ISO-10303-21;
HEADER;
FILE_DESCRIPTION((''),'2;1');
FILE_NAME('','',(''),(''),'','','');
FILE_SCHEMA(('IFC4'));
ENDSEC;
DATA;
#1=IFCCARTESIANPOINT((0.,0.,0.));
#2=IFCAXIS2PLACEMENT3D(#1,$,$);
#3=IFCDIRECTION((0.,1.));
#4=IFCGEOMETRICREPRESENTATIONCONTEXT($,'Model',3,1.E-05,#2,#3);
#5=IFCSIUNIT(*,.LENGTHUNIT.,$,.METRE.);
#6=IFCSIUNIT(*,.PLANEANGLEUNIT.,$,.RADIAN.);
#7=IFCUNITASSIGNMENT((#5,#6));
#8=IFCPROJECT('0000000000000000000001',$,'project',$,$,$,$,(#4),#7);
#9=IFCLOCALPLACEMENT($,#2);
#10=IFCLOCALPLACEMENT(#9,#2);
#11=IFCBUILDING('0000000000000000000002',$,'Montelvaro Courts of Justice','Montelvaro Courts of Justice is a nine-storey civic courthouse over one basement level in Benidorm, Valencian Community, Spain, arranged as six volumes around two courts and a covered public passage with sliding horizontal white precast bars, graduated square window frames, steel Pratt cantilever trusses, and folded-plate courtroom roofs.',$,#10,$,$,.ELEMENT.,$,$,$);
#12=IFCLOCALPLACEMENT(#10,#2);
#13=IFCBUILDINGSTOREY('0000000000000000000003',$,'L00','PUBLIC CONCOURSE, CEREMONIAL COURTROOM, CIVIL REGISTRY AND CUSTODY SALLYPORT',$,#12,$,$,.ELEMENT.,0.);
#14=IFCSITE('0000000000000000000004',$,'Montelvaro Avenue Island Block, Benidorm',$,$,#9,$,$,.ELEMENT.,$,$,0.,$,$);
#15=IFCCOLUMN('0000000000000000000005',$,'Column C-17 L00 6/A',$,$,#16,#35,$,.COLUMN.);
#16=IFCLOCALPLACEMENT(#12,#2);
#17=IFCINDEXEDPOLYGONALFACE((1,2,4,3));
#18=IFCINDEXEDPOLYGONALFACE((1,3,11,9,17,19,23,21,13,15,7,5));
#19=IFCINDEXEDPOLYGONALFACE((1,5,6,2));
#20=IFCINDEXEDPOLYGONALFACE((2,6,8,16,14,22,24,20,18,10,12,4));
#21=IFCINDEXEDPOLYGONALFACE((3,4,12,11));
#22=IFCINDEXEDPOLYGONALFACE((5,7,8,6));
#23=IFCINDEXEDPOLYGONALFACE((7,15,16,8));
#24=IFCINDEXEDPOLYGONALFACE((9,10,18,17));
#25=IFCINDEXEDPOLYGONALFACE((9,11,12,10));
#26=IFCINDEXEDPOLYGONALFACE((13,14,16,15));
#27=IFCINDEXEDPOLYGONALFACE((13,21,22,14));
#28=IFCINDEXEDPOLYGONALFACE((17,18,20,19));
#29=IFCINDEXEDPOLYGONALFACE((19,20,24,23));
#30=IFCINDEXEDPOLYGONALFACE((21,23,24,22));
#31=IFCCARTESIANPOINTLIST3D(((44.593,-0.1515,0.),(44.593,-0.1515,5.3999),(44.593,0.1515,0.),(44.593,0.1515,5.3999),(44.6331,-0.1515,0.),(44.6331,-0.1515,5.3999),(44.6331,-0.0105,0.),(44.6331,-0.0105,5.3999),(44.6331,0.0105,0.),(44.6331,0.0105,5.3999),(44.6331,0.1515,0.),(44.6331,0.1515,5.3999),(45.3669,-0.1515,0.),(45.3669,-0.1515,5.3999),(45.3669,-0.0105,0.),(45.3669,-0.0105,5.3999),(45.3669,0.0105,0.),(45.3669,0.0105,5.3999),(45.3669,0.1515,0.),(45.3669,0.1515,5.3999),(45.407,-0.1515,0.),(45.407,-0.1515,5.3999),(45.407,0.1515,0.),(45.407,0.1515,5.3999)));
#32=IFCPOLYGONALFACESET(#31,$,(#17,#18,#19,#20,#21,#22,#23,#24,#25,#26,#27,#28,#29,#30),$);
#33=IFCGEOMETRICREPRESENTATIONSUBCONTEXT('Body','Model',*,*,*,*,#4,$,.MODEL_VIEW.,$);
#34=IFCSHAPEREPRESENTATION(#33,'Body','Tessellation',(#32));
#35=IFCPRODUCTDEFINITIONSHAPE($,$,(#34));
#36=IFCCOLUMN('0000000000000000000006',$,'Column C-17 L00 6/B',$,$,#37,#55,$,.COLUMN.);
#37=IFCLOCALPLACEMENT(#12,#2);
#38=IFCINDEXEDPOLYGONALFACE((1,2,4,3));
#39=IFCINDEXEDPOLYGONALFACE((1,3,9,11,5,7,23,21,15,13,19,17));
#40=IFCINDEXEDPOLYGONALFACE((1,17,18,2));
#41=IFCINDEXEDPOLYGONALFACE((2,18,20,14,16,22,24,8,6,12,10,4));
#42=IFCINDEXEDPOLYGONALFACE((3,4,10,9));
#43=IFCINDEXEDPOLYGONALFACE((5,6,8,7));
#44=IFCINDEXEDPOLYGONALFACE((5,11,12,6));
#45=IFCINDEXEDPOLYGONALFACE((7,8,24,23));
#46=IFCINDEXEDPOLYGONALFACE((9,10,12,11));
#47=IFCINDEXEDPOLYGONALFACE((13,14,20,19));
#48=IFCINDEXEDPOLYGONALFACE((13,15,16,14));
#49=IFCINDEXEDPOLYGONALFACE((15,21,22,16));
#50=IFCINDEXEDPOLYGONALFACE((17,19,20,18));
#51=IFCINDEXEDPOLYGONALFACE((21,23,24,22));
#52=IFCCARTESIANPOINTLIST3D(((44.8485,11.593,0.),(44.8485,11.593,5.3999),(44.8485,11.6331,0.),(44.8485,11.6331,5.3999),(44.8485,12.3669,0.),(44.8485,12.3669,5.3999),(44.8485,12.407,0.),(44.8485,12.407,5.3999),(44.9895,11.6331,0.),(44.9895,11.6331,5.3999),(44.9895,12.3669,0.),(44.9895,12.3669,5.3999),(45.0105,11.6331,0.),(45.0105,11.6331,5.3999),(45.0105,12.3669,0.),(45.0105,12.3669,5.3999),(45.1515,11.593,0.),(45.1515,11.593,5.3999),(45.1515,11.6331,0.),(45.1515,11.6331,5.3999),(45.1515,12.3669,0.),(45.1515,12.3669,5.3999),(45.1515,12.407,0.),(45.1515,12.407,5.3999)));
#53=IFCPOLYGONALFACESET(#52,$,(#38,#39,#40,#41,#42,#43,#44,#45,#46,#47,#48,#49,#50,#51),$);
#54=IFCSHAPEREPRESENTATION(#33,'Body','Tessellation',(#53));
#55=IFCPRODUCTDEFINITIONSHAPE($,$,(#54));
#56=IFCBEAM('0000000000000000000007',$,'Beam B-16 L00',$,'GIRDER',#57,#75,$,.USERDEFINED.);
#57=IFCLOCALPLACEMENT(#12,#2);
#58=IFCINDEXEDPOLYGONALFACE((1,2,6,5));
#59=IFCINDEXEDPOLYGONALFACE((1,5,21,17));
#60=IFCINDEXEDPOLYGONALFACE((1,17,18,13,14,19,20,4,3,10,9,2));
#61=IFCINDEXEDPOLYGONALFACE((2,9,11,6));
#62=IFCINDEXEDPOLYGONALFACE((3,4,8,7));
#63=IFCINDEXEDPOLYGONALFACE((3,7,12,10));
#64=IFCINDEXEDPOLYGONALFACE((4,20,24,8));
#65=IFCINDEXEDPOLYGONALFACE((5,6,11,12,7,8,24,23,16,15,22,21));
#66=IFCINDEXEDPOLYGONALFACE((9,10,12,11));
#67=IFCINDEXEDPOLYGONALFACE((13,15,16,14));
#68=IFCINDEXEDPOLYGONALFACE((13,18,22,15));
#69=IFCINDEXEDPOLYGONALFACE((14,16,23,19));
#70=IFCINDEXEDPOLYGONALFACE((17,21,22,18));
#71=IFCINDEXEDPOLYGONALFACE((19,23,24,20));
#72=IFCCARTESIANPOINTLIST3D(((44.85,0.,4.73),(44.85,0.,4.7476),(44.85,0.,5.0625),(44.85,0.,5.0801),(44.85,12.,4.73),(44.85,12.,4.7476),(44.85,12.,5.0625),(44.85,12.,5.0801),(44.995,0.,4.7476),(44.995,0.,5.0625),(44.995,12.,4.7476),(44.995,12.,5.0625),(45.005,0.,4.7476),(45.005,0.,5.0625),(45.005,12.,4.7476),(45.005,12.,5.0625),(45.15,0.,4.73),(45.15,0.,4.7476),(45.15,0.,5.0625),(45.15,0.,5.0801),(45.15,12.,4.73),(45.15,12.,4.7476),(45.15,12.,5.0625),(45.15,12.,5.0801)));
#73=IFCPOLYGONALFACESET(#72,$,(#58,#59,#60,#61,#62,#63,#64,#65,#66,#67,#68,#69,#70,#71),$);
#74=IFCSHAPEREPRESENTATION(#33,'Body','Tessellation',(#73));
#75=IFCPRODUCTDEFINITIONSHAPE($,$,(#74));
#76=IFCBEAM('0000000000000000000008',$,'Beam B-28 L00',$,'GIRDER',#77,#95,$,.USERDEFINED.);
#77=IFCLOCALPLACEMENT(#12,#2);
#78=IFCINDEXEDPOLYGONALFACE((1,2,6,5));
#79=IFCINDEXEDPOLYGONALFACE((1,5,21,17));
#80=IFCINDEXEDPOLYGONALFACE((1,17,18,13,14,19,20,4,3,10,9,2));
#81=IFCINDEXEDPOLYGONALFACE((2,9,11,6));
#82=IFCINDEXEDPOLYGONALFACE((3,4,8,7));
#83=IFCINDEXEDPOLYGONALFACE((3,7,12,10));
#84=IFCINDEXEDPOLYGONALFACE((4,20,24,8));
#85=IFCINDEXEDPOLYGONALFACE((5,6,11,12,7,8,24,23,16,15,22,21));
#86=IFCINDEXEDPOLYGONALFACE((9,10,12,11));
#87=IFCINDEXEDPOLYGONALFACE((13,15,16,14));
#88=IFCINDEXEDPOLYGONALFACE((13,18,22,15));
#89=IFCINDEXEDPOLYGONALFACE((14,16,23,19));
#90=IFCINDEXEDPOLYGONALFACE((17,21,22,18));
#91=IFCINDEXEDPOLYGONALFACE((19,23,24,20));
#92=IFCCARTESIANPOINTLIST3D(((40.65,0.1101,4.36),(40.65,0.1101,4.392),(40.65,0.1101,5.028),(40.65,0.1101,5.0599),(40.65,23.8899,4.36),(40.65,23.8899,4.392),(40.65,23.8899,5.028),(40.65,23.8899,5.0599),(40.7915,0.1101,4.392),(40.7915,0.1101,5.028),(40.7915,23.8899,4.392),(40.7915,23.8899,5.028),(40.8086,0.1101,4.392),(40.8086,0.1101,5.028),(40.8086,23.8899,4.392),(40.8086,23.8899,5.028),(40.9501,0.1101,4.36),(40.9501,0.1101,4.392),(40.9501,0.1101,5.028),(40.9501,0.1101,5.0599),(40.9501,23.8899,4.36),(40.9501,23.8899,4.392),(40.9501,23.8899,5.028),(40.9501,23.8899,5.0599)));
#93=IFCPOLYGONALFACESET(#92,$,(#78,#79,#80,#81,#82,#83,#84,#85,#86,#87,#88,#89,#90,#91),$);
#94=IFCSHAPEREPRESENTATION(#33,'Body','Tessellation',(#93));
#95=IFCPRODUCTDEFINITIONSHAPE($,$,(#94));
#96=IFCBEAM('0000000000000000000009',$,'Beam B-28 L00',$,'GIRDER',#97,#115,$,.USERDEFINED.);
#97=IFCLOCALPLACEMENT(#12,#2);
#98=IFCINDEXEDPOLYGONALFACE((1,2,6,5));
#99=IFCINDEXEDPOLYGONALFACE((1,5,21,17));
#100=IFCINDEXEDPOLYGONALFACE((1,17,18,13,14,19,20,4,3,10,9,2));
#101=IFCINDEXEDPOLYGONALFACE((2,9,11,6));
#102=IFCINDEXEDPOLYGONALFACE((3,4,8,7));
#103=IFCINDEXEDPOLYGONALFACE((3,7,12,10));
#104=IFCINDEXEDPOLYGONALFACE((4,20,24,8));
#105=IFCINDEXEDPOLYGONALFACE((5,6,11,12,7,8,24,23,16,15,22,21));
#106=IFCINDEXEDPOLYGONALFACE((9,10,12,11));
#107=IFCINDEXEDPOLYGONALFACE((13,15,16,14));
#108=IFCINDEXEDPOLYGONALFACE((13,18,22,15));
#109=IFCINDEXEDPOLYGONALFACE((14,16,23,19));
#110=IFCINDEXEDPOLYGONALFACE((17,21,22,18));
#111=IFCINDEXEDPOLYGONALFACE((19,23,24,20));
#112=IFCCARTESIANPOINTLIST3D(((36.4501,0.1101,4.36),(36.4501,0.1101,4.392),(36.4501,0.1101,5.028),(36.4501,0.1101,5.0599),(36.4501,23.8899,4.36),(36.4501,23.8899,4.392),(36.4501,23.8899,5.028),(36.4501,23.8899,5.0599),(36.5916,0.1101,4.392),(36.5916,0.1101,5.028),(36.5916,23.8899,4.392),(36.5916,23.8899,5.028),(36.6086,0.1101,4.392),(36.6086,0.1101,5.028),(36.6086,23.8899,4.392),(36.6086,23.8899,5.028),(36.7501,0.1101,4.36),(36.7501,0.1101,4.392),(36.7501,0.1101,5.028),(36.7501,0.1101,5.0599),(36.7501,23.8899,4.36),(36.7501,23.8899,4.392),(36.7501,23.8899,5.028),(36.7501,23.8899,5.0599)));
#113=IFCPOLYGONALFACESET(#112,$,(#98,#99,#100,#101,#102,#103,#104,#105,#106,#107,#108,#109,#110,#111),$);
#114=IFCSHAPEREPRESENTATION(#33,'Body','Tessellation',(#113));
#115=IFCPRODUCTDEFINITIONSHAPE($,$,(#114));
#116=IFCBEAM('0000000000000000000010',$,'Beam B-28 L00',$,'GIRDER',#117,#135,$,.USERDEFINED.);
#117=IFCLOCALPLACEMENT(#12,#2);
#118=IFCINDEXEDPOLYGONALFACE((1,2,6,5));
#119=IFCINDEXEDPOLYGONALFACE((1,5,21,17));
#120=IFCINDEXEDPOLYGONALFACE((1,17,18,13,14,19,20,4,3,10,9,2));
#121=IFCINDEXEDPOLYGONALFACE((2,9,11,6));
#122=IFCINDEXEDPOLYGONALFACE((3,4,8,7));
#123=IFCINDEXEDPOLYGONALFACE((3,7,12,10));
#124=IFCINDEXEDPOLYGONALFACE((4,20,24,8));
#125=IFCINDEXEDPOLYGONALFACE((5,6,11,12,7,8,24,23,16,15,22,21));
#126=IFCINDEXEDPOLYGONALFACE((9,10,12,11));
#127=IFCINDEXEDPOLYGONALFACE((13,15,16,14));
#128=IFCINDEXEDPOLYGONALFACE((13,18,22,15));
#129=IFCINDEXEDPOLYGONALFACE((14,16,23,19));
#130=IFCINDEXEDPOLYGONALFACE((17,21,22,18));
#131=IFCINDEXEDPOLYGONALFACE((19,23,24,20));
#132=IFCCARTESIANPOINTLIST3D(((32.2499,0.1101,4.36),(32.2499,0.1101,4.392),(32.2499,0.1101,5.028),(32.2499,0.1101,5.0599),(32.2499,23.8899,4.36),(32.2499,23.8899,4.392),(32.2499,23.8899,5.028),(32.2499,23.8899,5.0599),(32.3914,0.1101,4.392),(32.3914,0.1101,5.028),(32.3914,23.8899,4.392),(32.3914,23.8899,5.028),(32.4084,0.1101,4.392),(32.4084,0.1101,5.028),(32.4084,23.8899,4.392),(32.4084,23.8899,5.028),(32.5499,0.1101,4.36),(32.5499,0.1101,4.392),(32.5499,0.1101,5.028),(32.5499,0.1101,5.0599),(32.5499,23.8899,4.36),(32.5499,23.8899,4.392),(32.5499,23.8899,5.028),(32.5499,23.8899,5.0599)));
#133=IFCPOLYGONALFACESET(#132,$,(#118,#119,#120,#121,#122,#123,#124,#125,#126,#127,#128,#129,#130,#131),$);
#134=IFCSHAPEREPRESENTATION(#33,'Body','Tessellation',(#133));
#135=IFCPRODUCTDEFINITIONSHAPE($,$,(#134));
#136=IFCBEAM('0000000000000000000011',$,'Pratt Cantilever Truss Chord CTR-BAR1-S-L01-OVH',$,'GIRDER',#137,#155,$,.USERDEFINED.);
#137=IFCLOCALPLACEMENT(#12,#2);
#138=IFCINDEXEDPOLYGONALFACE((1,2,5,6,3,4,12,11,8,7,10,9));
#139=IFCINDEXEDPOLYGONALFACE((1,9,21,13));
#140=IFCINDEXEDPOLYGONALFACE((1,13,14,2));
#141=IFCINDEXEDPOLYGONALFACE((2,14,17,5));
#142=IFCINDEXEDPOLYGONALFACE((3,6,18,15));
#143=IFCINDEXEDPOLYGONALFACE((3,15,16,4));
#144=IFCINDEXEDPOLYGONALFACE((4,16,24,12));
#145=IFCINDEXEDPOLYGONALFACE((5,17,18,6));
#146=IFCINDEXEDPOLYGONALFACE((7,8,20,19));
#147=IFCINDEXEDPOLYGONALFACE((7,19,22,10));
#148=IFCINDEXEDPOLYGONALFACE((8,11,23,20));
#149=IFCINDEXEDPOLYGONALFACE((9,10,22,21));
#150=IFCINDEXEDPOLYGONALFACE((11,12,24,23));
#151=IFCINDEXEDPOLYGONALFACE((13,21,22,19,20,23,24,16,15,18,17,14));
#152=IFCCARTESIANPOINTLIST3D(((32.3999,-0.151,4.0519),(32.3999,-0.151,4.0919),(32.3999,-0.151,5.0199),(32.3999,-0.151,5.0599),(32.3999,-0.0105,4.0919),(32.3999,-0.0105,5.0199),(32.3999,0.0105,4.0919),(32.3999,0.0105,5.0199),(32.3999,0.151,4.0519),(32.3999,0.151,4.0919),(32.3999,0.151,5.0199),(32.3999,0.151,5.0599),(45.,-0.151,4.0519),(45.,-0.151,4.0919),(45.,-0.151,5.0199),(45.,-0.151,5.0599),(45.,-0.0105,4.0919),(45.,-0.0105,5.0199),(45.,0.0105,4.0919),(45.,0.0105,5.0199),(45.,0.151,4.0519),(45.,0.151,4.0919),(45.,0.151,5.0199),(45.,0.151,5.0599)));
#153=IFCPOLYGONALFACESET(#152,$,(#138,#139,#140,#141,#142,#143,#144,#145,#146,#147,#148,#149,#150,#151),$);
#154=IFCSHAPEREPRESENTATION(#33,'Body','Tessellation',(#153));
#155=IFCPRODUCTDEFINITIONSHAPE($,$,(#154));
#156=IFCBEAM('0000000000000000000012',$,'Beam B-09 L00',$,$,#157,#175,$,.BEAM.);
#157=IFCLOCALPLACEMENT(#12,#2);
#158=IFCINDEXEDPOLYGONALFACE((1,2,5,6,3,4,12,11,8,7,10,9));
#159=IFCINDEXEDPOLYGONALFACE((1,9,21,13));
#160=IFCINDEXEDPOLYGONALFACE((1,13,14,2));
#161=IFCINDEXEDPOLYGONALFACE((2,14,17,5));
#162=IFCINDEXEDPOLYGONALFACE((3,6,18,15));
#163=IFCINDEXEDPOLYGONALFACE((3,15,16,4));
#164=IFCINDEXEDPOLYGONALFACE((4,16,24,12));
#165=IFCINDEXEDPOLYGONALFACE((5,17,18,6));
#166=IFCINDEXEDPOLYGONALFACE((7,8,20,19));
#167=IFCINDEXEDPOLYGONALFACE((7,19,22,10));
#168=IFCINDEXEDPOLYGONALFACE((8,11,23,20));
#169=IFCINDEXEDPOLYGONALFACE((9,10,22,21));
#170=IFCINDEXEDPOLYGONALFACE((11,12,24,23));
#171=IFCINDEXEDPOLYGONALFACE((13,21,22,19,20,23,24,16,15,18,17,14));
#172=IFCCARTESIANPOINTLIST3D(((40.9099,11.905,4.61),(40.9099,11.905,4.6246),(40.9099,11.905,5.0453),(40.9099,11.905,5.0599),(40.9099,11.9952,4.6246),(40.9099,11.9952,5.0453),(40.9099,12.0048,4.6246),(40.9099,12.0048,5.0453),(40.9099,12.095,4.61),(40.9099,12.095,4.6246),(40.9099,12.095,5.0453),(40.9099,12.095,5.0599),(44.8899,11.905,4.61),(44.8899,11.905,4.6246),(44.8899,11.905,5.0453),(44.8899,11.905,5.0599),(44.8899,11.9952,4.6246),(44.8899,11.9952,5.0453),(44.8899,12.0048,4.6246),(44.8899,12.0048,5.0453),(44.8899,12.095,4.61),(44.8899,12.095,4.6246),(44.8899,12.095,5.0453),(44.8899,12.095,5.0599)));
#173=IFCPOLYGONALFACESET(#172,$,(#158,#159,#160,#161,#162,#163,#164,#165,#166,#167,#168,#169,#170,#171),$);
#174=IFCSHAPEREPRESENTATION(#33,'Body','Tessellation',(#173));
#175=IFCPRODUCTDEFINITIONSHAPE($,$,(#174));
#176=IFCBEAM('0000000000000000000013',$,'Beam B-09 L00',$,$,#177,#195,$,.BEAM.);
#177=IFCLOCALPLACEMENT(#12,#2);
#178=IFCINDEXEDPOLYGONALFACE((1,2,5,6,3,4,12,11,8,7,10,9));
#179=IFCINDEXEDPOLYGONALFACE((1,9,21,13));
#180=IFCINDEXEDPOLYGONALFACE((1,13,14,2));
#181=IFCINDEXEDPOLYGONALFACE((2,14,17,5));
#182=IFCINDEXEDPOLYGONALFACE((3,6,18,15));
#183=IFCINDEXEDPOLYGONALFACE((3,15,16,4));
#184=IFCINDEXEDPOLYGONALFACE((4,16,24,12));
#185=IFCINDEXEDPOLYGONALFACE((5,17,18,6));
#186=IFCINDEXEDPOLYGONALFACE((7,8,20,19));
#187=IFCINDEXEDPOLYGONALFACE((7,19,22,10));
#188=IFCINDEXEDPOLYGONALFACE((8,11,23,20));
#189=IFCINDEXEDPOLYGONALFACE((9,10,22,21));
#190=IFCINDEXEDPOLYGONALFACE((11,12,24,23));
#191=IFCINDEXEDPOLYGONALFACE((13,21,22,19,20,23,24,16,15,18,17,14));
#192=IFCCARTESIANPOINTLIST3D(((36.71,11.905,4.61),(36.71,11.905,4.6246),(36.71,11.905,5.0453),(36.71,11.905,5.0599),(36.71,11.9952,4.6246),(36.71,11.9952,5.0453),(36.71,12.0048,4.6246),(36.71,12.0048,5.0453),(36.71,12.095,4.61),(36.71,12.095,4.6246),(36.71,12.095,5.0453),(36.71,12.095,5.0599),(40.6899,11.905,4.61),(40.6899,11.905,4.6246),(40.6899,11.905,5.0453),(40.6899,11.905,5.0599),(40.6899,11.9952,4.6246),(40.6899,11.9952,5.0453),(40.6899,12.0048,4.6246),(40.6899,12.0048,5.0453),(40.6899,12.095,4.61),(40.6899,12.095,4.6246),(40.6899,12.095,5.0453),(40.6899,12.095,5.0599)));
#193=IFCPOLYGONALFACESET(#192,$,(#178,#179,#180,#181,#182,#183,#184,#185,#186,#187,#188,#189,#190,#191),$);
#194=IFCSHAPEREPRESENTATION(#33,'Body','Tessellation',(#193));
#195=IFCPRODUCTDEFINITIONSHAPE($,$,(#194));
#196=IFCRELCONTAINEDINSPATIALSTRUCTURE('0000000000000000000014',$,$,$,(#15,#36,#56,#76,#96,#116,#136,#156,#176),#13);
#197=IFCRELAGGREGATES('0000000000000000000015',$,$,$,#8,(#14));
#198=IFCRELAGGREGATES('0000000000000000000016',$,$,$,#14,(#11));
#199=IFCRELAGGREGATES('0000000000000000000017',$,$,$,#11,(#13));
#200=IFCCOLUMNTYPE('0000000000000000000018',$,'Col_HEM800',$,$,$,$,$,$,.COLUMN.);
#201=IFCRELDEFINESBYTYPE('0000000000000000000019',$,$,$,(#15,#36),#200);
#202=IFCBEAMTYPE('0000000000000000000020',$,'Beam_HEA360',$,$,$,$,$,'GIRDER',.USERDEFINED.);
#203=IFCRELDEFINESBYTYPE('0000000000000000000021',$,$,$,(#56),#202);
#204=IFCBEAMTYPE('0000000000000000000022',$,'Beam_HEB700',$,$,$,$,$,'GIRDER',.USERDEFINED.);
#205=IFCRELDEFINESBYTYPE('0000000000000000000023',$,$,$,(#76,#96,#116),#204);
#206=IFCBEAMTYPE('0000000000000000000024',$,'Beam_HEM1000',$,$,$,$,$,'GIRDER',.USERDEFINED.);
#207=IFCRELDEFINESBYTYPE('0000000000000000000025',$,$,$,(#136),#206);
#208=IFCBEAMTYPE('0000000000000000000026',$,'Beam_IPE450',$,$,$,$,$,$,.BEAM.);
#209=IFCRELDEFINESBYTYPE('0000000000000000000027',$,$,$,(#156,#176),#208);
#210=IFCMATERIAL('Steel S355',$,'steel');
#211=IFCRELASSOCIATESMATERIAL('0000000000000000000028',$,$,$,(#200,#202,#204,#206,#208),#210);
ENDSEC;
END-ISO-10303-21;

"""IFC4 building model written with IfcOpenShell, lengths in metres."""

from ifc_helpers import new_model, si_unit, direction, frame, origin, origin_2d, place, context, subcontext, project, spatial, i_section, extrude, material, material_profile, profile_set, type_object, element, save


model = new_model("IFC4")

# Units and contexts
model_context = context("Model", 3, precision=1e-05, world=origin(), true_north=direction((0.0, 1.0)))
body_context = subcontext(model_context, "Body", "Model", "MODEL_VIEW")
ifc_project = project(units=[si_unit("LENGTHUNIT", "METRE"), si_unit("PLANEANGLEUNIT", "RADIAN")], contexts=[model_context])

# Site, building, storey
site_placement = place(None, origin())
site = spatial("IfcSite", under=ifc_project, at=site_placement, Name="Montelvaro Avenue Island Block, Benidorm", CompositionType="ELEMENT", RefElevation=0.0)
building_placement = place(site_placement, origin())
building = spatial("IfcBuilding", under=site, at=building_placement, Name="Montelvaro Courts of Justice", Description="Montelvaro Courts of Justice is a nine-storey civic courthouse over one basement level in Benidorm, Valencian Community, Spain, arranged as six volumes around two courts and a covered public passage with sliding horizontal white precast bars, graduated square window frames, steel Pratt cantilever trusses, and folded-plate courtroom roofs.", CompositionType="ELEMENT")
storey_placement = place(building_placement, origin())
storey = spatial("IfcBuildingStorey", under=building, at=storey_placement, Name="L00", Description="PUBLIC CONCOURSE, CEREMONIAL COURTROOM, CIVIL REGISTRY AND CUSTODY SALLYPORT", CompositionType="ELEMENT", Elevation=0.0)

# Columns
ifc_material_1 = material(Name="Steel S355", Category="steel")
ifc_material_profile_1 = material_profile(ifc_material_1, i_section(OverallWidth=0.303, OverallDepth=0.814, WebThickness=0.021, FlangeThickness=0.04, at=origin_2d()), Name="HEM 800")
ifc_profile_set_1 = profile_set([ifc_material_profile_1], Name="Steel S355")
column_type = type_object("IfcColumnType", Name="Col_HEM800", PredefinedType="COLUMN", material=ifc_profile_set_1)
for number, where, z_axis, x_axis, name in (
    (1, (45.0, 0.0, 0.0), (0.0, 0.0, 1.0), (0.0, 1.0, 0.0), "Column C-17 L00 6/A"),
    (2, (45.0, 12.0, 0.0), (0.0, 0.0, 1.0), (1.0, 0.0, 0.0), "Column C-17 L00 6/B"),
):
    element("IfcColumn", number, at=place(storey_placement, frame(where, z_axis=z_axis, x_axis=x_axis)), inside=storey, type_object=column_type, Name=name, PredefinedType="COLUMN", context=body_context, shape_type="SweptSolid", body=[
        extrude(i_section(OverallWidth=0.303, OverallDepth=0.814, WebThickness=0.021, FlangeThickness=0.04, at=origin_2d()), origin(), (0.0, 0.0, 1.0), 5.3999),
    ])

# Beams
ifc_material_profile_2 = material_profile(ifc_material_1, i_section(OverallWidth=0.3, OverallDepth=0.3501, WebThickness=0.01, FlangeThickness=0.0176, at=origin_2d()), Name="HEA 360")
ifc_profile_set_2 = profile_set([ifc_material_profile_2], Name="Steel S355")
beam_type_1 = type_object("IfcBeamType", Name="Beam_HEA360", ElementType="GIRDER", PredefinedType="USERDEFINED", material=ifc_profile_set_2)
beam_1_placement = place(storey_placement, frame((45.0, 0.0, 4.905), z_axis=(0.0, 1.0, 0.0), x_axis=(-1.0, 0.0, 0.0)))
element("IfcBeam", 3, at=beam_1_placement, inside=storey, type_object=beam_type_1, Name="Beam B-16 L00", ObjectType="GIRDER", PredefinedType="USERDEFINED", context=body_context, shape_type="SweptSolid", body=[
    extrude(i_section(OverallWidth=0.3, OverallDepth=0.3501, WebThickness=0.01, FlangeThickness=0.0176, at=origin_2d()), origin(), (0.0, 0.0, 1.0), 12.0),
])
ifc_material_profile_3 = material_profile(ifc_material_1, i_section(OverallWidth=0.3, OverallDepth=0.7, WebThickness=0.0171, FlangeThickness=0.032, at=origin_2d()), Name="HEB 700")
ifc_profile_set_3 = profile_set([ifc_material_profile_3], Name="Steel S355")
beam_type_2 = type_object("IfcBeamType", Name="Beam_HEB700", ElementType="GIRDER", PredefinedType="USERDEFINED", material=ifc_profile_set_3)
for number, where, z_axis, x_axis, name in (
    (4, (40.8, 0.1101, 4.71), (0.0, 1.0, 0.0), (-1.0, 0.0, 0.0), "Beam B-28 L00"),
    (5, (36.6001, 0.1101, 4.71), (0.0, 1.0, 0.0), (-1.0, 0.0, 0.0), "Beam B-28 L00"),
    (6, (32.3999, 0.1101, 4.71), (0.0, 1.0, 0.0), (-1.0, 0.0, 0.0), "Beam B-28 L00"),
):
    element("IfcBeam", number, at=place(storey_placement, frame(where, z_axis=z_axis, x_axis=x_axis)), inside=storey, type_object=beam_type_2, Name=name, ObjectType="GIRDER", PredefinedType="USERDEFINED", context=body_context, shape_type="SweptSolid", body=[
        extrude(i_section(OverallWidth=0.3, OverallDepth=0.7, WebThickness=0.0171, FlangeThickness=0.032, at=origin_2d()), origin(), (0.0, 0.0, 1.0), 23.7798),
    ])
ifc_material_profile_4 = material_profile(ifc_material_1, i_section(OverallWidth=0.302, OverallDepth=1.0081, WebThickness=0.021, FlangeThickness=0.04, at=origin_2d()), Name="HEM 1000")
ifc_profile_set_4 = profile_set([ifc_material_profile_4], Name="Steel S355")
beam_type_3 = type_object("IfcBeamType", Name="Beam_HEM1000", ElementType="GIRDER", PredefinedType="USERDEFINED", material=ifc_profile_set_4)
beam_2_placement = place(storey_placement, frame((45.0, 0.0, 4.5559), z_axis=(-1.0, 0.0, 0.0), x_axis=(0.0, -1.0, 0.0)))
element("IfcBeam", 7, at=beam_2_placement, inside=storey, type_object=beam_type_3, Name="Pratt Cantilever Truss Chord CTR-BAR1-S-L01-OVH", ObjectType="GIRDER", PredefinedType="USERDEFINED", context=body_context, shape_type="SweptSolid", body=[
    extrude(i_section(OverallWidth=0.302, OverallDepth=1.0081, WebThickness=0.021, FlangeThickness=0.04, at=origin_2d()), origin(), (0.0, 0.0, 1.0), 12.6001),
])
ifc_material_profile_5 = material_profile(ifc_material_1, i_section(OverallWidth=0.1899, OverallDepth=0.45, WebThickness=0.0095, FlangeThickness=0.0146, at=origin_2d()), Name="IPE 450")
ifc_profile_set_5 = profile_set([ifc_material_profile_5], Name="Steel S355")
beam_type_4 = type_object("IfcBeamType", Name="Beam_IPE450", PredefinedType="BEAM", material=ifc_profile_set_5)
for number, where, z_axis, x_axis, name in (
    (8, (40.9099, 12.0, 4.835), (1.0, 0.0, 0.0), (0.0, 1.0, 0.0), "Beam B-09 L00"),
    (9, (36.71, 12.0, 4.835), (1.0, 0.0, 0.0), (0.0, 1.0, 0.0), "Beam B-09 L00"),
):
    element("IfcBeam", number, at=place(storey_placement, frame(where, z_axis=z_axis, x_axis=x_axis)), inside=storey, type_object=beam_type_4, Name=name, PredefinedType="BEAM", context=body_context, shape_type="SweptSolid", body=[
        extrude(i_section(OverallWidth=0.1899, OverallDepth=0.45, WebThickness=0.0095, FlangeThickness=0.0146, at=origin_2d()), origin(), (0.0, 0.0, 1.0), 3.98),
    ])

save(model, "model.ifc")
